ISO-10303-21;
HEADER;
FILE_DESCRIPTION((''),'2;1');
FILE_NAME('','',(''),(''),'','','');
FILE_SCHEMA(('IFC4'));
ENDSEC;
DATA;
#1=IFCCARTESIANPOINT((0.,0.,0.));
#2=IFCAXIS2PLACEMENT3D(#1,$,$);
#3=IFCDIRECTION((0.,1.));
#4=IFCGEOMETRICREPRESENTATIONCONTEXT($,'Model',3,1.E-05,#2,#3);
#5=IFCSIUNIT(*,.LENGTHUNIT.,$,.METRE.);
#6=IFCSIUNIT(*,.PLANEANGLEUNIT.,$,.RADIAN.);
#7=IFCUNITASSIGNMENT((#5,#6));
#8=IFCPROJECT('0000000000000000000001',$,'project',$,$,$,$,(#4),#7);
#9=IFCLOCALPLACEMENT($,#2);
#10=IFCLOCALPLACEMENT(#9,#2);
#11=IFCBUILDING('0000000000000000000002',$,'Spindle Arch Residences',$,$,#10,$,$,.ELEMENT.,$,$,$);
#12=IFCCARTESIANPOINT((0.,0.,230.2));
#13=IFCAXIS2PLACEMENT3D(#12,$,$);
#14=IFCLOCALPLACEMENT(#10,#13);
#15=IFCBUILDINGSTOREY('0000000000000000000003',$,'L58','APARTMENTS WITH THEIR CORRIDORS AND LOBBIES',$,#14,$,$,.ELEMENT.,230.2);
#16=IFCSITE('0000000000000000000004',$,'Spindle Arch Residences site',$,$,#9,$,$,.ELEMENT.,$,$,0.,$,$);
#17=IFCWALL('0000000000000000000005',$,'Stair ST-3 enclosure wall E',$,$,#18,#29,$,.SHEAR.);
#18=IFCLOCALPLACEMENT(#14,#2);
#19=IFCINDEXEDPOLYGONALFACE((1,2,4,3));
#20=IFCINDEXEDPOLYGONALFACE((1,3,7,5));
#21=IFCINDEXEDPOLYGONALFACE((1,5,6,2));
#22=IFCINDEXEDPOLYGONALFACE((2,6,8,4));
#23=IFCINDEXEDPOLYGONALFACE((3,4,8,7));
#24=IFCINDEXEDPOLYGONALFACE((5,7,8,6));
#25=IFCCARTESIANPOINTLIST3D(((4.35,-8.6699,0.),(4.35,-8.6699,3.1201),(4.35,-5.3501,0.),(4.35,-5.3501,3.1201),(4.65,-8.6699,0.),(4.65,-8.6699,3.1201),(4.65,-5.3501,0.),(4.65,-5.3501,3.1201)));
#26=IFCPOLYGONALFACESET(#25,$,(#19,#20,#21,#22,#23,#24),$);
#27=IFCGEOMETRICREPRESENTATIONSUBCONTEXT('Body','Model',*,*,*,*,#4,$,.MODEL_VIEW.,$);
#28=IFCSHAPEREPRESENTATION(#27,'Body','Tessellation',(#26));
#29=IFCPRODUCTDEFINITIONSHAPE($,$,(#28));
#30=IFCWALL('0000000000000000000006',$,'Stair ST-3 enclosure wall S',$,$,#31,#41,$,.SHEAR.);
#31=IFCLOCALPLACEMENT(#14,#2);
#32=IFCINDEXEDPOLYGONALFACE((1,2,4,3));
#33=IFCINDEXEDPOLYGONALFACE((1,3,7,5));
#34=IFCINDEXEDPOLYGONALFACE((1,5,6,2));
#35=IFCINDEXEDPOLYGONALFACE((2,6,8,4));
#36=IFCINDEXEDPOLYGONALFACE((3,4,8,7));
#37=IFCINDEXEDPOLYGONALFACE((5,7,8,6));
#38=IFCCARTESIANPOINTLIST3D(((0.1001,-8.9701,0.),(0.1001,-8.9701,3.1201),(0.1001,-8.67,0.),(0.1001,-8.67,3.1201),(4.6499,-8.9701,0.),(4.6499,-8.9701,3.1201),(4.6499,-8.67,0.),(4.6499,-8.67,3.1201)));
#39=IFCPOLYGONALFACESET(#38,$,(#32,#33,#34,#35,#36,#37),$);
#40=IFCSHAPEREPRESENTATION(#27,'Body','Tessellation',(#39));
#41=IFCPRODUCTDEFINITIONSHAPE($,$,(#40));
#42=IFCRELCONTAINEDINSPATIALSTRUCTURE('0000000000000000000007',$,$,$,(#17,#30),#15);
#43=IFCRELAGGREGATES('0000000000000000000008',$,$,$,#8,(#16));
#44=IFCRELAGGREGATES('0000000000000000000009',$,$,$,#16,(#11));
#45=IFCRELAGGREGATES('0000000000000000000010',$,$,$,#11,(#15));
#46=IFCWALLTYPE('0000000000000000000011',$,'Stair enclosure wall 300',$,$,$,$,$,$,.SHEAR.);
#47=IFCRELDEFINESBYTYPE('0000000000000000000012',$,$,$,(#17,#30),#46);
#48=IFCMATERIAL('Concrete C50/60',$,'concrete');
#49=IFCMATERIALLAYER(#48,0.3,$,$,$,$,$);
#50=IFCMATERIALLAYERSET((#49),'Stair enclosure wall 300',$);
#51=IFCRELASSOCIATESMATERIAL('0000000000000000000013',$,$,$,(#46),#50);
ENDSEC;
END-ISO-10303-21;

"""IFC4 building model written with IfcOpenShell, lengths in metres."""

from ifc_helpers import new_model, si_unit, direction, frame, frame_2d, origin, place, context, subcontext, project, spatial, rectangle, extrude, material, layer, layer_set, type_object, element, save


model = new_model("IFC4")

# Units and contexts
model_context = context("Model", 3, precision=1e-05, world=origin(), true_north=direction((0.0, 1.0)))
body_context = subcontext(model_context, "Body", "Model", "MODEL_VIEW")
ifc_project = project(units=[si_unit("LENGTHUNIT", "METRE"), si_unit("PLANEANGLEUNIT", "RADIAN")], contexts=[model_context])

# Site, building, storey
site_placement = place(None, origin())
site = spatial("IfcSite", under=ifc_project, at=site_placement, Name="Spindle Arch Residences site", CompositionType="ELEMENT", RefElevation=0.0)
building_placement = place(site_placement, origin())
building = spatial("IfcBuilding", under=site, at=building_placement, Name="Spindle Arch Residences", CompositionType="ELEMENT")
storey_placement = place(building_placement, frame((0.0, 0.0, 230.2)))
storey = spatial("IfcBuildingStorey", under=building, at=storey_placement, Name="L58", Description="APARTMENTS WITH THEIR CORRIDORS AND LOBBIES", CompositionType="ELEMENT", Elevation=230.2)

# Walls
ifc_material_1 = material(Name="Concrete C50/60", Category="concrete")
ifc_layer_1 = layer(ifc_material_1, 0.3)
ifc_layer_set_1 = layer_set([ifc_layer_1], Name="Stair enclosure wall 300")
wall_type_1 = type_object("IfcWallType", Name="Stair enclosure wall 300", PredefinedType="SHEAR", material=ifc_layer_set_1)
wall_1_placement = place(storey_placement, frame((4.5, -8.6699, 0.0), z_axis=(0.0, 0.0, 1.0), x_axis=(0.0, 1.0, 0.0)))
element("IfcWall", 1, at=wall_1_placement, inside=storey, type_object=wall_type_1, Name="Stair ST-3 enclosure wall E", PredefinedType="SHEAR", context=body_context, shape_type="SweptSolid", body=[
    extrude(rectangle(XDim=3.3198, YDim=0.3, at=frame_2d((1.6599, 0.0))), origin(), (0.0, 0.0, 1.0), 3.1201),
])
wall_2_placement = place(storey_placement, frame((0.1001, -8.8201, 0.0), z_axis=(0.0, 0.0, 1.0), x_axis=(1.0, 0.0, 0.0)))
element("IfcWall", 2, at=wall_2_placement, inside=storey, type_object=wall_type_1, Name="Stair ST-3 enclosure wall S", PredefinedType="SHEAR", context=body_context, shape_type="SweptSolid", body=[
    extrude(rectangle(XDim=4.5498, YDim=0.3, at=frame_2d((2.2749, 0.0))), origin(), (0.0, 0.0, 1.0), 3.1201),
])

save(model, "model.ifc")
